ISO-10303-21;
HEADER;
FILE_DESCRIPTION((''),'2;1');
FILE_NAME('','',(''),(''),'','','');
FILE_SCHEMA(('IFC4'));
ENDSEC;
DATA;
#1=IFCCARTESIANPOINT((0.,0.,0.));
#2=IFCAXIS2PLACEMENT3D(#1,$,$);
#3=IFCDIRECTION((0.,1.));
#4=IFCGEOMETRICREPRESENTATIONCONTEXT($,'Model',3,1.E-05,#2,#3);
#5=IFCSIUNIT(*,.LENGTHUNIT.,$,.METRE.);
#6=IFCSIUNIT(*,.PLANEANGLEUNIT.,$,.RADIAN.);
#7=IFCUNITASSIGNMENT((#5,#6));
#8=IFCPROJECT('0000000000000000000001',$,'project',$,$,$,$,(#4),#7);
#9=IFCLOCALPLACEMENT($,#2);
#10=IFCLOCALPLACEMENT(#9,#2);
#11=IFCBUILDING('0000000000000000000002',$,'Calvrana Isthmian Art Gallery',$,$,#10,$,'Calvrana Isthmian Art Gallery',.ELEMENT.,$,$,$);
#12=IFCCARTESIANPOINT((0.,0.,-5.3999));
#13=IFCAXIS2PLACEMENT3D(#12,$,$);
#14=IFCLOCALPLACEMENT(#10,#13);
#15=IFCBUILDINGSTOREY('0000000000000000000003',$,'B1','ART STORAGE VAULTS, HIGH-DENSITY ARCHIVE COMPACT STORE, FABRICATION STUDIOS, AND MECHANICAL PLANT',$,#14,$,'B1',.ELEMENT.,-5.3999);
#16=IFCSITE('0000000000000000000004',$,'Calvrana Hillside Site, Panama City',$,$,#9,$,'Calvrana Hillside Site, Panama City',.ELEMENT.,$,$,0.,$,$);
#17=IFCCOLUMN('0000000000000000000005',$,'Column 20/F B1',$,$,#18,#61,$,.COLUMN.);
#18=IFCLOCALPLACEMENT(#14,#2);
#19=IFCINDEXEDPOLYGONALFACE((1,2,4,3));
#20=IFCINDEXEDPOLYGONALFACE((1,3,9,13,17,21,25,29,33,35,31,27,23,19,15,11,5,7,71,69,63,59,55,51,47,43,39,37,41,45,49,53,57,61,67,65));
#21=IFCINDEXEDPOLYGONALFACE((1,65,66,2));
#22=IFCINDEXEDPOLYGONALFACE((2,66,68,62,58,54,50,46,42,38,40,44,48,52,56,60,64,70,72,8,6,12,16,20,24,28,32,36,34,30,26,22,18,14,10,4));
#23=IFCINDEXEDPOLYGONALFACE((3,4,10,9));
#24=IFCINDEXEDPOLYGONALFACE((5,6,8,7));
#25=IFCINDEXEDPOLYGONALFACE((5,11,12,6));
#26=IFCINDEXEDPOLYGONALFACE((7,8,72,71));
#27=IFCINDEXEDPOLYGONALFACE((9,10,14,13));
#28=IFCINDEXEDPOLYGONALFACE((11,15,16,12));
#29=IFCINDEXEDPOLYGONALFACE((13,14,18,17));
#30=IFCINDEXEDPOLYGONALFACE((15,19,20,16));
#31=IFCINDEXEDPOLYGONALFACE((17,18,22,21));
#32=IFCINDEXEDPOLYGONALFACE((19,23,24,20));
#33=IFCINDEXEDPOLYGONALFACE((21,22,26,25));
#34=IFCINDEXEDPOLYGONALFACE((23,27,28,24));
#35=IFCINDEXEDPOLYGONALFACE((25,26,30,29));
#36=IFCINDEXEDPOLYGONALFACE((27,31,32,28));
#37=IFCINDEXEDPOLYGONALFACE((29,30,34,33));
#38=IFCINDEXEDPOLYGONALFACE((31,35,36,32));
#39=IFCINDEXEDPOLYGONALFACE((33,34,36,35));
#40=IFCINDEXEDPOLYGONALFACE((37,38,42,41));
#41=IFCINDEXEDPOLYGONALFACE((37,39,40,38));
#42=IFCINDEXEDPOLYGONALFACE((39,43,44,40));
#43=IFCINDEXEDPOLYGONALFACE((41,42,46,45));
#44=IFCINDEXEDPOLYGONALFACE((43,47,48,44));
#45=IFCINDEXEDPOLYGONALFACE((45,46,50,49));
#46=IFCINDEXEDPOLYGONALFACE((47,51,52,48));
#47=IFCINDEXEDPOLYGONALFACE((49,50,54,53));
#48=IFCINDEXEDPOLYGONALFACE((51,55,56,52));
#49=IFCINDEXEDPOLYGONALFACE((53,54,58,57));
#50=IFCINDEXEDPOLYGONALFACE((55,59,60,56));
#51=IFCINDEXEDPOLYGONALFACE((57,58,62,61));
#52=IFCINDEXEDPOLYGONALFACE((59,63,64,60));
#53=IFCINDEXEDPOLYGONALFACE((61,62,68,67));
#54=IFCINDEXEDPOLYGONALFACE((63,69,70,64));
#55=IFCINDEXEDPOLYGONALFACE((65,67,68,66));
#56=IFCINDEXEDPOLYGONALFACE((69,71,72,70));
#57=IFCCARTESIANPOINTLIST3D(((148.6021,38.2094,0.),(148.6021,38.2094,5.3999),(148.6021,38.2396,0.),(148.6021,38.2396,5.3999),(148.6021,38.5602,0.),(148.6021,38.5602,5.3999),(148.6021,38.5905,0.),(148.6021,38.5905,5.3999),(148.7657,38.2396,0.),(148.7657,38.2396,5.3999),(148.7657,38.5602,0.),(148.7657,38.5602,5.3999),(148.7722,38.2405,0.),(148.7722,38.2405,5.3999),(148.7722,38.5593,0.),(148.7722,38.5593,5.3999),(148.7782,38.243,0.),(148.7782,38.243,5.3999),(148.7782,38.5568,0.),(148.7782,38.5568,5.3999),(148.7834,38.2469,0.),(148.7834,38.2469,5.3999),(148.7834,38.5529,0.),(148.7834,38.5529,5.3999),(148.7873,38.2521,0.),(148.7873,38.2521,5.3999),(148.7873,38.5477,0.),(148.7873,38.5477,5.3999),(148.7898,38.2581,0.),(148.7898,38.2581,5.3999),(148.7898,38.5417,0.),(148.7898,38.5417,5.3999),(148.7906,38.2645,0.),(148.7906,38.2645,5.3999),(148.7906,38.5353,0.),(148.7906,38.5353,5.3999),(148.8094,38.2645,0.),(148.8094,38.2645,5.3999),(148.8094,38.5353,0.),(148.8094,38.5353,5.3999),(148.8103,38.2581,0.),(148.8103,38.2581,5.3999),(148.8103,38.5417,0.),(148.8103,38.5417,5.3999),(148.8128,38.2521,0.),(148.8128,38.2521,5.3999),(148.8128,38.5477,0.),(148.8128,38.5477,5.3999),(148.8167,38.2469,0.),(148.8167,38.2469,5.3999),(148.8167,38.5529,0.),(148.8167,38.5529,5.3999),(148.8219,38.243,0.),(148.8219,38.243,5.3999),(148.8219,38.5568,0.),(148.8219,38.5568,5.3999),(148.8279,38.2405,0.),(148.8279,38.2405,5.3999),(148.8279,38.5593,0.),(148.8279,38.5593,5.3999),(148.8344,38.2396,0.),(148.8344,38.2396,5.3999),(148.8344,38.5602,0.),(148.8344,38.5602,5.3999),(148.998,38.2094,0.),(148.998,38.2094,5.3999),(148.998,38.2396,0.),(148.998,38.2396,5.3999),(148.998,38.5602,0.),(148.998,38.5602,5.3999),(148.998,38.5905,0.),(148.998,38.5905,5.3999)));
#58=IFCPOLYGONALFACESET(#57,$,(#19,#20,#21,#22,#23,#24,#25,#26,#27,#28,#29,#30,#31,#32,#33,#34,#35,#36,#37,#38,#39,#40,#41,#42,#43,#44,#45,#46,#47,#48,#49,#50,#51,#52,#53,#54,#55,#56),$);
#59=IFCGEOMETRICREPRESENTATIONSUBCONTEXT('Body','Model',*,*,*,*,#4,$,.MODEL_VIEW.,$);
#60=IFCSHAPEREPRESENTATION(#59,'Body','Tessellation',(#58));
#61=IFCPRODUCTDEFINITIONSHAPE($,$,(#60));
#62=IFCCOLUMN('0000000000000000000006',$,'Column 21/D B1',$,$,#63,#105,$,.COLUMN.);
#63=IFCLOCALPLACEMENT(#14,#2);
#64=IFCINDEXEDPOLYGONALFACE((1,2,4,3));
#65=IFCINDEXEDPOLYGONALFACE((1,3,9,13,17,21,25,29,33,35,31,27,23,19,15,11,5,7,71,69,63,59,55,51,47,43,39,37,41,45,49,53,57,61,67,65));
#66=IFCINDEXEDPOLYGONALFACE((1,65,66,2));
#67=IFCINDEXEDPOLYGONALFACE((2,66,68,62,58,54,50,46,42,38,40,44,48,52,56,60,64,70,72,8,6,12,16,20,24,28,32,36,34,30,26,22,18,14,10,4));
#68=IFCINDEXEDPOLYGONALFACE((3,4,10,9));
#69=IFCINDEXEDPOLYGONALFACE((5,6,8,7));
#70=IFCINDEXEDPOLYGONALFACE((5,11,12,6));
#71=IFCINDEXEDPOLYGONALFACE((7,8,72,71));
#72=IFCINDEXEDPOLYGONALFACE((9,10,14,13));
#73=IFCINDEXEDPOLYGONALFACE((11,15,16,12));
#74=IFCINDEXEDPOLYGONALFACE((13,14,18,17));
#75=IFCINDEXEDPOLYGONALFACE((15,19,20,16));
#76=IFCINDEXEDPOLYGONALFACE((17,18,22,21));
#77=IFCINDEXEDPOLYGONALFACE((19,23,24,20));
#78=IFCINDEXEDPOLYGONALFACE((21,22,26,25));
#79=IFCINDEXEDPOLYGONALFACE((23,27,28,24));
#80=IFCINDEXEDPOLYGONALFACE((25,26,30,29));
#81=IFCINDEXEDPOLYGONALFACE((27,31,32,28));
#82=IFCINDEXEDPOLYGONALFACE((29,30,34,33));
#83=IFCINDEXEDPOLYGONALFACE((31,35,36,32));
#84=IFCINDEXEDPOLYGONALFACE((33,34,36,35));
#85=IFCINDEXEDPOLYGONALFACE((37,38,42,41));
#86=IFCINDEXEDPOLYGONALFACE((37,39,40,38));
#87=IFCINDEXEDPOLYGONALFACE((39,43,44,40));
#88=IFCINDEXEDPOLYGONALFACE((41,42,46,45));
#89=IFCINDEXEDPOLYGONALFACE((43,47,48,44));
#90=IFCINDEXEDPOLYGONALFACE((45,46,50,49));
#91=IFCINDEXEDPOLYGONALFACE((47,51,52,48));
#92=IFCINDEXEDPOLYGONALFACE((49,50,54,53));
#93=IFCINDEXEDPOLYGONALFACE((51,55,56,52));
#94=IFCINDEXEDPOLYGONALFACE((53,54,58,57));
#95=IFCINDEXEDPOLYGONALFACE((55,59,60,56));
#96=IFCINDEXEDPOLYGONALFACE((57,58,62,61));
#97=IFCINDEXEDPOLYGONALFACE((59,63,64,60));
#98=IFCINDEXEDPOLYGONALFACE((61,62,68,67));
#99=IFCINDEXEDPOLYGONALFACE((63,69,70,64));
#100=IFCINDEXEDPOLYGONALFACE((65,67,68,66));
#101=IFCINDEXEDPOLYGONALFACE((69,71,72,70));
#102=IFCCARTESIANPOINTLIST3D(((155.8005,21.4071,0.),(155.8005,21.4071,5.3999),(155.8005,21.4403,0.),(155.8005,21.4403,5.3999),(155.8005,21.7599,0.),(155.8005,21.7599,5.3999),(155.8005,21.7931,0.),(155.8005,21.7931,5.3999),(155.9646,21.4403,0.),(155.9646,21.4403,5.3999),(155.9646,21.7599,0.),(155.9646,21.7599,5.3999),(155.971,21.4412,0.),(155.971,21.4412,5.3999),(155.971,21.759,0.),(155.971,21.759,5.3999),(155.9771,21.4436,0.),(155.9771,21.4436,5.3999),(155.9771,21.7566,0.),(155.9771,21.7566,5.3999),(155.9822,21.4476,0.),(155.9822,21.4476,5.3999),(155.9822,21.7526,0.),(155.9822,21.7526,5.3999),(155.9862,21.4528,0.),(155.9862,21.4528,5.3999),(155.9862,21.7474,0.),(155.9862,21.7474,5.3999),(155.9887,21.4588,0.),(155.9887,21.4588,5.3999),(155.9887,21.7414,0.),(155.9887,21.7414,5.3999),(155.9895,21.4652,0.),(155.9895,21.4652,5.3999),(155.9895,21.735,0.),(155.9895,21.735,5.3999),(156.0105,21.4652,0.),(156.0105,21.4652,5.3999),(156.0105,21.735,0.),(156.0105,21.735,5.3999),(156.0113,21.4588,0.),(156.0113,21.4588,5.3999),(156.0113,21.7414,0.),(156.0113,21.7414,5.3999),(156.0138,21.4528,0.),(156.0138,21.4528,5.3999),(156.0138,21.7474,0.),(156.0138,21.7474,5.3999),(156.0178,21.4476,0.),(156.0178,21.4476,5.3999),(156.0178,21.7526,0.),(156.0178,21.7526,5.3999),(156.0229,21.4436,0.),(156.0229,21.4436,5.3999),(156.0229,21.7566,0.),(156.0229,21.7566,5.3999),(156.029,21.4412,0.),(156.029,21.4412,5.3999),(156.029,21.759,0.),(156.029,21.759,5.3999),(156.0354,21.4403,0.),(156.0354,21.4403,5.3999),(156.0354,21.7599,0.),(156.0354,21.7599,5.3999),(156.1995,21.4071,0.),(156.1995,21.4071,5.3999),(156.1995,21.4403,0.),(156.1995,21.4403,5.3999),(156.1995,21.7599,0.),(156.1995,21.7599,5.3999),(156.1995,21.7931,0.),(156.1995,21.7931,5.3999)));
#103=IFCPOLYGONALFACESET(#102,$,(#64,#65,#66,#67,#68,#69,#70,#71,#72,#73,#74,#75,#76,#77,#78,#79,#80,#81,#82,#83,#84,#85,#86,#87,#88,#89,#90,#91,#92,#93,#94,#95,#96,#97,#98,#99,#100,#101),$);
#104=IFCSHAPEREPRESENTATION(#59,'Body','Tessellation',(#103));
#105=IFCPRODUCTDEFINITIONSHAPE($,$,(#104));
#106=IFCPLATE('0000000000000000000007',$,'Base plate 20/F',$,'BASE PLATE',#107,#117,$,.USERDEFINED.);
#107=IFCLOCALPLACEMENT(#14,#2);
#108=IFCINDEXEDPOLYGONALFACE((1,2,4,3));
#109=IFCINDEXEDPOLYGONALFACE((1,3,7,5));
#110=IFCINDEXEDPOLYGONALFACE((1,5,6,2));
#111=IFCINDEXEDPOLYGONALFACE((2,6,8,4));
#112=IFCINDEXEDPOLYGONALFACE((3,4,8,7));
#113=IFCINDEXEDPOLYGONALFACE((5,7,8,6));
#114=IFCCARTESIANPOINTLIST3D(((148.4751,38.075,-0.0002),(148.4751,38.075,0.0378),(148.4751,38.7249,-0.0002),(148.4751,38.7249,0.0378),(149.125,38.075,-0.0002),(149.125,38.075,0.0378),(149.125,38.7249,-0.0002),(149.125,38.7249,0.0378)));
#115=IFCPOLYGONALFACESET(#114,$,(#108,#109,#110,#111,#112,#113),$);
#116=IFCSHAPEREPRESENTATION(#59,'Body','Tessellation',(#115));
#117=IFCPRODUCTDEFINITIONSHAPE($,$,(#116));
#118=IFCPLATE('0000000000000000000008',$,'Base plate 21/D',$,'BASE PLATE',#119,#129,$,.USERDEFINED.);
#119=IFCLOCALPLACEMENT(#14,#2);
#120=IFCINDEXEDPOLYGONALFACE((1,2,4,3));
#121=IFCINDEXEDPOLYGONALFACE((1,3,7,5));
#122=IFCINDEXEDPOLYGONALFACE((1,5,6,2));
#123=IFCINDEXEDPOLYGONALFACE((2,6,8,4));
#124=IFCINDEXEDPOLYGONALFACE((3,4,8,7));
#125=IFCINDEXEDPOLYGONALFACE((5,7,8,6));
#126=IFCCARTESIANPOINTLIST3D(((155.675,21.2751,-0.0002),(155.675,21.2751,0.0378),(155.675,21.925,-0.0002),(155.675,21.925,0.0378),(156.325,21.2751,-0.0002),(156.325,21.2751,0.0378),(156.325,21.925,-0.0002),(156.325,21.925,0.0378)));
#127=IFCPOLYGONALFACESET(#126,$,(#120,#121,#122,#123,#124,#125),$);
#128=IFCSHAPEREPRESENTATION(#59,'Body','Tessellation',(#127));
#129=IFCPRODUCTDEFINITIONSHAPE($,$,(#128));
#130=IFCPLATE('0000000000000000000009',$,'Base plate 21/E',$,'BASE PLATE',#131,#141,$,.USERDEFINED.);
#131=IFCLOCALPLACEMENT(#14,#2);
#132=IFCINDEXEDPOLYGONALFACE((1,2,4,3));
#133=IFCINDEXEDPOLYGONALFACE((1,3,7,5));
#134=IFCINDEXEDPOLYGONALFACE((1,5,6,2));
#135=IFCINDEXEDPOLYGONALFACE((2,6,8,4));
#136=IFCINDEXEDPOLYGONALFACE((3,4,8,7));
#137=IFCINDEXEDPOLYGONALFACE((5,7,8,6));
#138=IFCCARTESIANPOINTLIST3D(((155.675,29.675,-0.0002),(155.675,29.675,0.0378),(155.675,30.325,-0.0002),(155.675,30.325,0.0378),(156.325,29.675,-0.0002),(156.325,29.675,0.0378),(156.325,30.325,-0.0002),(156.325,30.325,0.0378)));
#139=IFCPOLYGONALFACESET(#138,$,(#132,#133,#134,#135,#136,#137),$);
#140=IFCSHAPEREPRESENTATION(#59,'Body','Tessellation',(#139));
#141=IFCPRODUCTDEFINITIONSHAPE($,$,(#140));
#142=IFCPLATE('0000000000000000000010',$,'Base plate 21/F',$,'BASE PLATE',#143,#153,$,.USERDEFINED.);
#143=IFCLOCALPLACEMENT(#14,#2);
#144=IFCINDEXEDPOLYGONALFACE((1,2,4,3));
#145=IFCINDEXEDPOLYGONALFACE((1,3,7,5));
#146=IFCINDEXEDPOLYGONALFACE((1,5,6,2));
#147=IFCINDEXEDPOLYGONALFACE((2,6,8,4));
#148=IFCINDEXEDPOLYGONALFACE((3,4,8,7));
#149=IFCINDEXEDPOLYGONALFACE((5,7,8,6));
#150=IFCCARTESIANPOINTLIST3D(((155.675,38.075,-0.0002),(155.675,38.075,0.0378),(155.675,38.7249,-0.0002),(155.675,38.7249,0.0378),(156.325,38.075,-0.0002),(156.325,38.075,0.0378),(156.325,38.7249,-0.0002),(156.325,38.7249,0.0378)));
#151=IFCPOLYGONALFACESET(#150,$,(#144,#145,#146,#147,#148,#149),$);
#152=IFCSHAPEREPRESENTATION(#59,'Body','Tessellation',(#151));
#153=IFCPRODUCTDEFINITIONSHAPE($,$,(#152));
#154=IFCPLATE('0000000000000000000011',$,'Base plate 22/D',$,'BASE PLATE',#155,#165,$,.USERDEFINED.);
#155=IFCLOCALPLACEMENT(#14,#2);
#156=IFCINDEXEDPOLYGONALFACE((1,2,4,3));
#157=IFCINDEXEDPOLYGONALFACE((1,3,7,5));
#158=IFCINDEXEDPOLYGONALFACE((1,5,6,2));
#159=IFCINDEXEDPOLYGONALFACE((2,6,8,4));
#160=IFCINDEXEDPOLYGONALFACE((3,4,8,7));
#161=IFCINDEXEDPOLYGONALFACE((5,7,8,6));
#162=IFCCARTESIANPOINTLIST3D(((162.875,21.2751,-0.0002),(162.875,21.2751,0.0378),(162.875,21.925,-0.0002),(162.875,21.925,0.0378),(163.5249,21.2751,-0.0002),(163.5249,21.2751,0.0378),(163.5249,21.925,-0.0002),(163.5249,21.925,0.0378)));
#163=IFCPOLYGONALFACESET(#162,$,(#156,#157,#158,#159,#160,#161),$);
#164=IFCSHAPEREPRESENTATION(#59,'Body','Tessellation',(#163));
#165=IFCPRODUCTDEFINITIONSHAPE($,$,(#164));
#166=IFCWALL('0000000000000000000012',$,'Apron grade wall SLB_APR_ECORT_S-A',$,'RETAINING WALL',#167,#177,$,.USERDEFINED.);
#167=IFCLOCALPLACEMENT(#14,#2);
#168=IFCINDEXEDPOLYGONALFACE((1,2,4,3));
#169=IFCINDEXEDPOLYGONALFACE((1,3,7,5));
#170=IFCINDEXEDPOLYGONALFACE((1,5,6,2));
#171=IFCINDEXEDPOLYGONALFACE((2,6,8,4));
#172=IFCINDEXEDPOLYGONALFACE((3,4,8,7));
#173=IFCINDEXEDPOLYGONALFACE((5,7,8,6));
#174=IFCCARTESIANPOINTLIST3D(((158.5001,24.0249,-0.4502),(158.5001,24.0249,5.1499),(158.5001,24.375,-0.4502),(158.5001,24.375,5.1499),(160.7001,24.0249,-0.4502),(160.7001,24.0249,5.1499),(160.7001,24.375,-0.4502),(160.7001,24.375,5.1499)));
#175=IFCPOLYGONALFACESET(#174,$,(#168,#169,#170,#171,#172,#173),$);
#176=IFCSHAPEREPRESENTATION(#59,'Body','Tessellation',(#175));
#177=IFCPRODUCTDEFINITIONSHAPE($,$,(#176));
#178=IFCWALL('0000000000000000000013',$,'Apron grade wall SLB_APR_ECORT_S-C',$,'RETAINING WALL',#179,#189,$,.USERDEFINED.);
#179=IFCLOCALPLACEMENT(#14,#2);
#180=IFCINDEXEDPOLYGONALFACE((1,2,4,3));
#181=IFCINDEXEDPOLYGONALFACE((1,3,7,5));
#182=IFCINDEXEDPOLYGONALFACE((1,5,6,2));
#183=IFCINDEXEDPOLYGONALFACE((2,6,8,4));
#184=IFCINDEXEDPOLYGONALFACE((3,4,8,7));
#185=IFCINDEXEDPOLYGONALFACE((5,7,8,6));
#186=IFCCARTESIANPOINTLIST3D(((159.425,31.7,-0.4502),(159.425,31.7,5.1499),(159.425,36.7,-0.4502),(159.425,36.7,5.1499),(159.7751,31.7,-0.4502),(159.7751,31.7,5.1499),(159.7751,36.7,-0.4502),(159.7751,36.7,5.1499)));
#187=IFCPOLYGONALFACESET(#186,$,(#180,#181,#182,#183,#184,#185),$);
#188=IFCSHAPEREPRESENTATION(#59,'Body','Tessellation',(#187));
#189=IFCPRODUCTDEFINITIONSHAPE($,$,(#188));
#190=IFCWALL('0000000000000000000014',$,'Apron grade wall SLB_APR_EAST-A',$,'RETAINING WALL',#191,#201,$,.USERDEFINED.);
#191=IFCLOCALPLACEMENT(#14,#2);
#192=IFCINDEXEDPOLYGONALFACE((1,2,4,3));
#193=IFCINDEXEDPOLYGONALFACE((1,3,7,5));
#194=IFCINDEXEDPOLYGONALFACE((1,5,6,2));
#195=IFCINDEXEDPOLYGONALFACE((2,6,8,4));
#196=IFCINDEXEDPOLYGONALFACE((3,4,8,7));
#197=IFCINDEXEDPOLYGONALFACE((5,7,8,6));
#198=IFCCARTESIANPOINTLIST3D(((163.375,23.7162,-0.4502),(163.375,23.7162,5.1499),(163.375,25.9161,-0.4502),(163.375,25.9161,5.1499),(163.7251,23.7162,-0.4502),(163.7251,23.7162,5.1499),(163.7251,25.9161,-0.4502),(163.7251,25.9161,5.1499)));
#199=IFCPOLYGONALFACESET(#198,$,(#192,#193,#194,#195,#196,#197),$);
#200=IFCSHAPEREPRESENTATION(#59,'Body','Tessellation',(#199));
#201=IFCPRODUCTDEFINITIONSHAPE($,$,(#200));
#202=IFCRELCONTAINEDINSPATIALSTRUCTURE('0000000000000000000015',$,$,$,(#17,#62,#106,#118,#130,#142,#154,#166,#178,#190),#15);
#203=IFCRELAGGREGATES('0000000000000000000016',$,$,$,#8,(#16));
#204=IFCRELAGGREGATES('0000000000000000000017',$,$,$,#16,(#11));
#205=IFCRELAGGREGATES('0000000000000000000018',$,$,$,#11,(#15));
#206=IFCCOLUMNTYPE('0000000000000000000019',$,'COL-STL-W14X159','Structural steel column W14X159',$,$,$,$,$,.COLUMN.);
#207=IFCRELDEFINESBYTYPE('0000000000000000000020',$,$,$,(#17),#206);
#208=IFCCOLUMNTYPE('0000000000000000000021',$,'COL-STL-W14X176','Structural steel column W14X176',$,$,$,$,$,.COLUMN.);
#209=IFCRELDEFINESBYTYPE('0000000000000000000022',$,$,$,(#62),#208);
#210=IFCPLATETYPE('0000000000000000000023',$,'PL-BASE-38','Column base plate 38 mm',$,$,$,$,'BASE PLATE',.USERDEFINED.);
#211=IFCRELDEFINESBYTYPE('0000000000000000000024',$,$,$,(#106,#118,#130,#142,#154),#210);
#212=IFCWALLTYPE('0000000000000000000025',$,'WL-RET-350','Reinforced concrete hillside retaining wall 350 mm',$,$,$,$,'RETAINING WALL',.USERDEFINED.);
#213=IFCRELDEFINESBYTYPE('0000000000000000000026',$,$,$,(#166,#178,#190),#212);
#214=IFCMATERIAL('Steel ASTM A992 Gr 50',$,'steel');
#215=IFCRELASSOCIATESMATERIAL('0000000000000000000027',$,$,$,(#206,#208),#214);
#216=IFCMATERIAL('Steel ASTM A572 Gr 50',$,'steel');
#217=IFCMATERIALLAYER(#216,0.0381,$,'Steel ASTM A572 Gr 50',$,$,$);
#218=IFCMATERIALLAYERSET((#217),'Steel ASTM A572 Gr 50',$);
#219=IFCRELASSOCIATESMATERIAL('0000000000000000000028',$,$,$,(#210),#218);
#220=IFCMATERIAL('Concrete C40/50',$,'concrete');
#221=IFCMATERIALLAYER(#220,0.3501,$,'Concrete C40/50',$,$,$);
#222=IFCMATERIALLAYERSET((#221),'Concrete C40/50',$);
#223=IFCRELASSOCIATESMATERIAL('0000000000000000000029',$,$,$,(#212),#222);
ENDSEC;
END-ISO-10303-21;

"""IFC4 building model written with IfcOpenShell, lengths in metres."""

from ifc_helpers import new_model, si_unit, direction, frame, frame_2d, origin, origin_2d, place, context, subcontext, project, spatial, rectangle, i_section, extrude, material, layer, layer_set, material_profile, profile_set, type_object, element, save


model = new_model("IFC4")

# Units and contexts
model_context = context("Model", 3, precision=1e-05, world=origin(), true_north=direction((0.0, 1.0)))
body_context = subcontext(model_context, "Body", "Model", "MODEL_VIEW")
ifc_project = project(units=[si_unit("LENGTHUNIT", "METRE"), si_unit("PLANEANGLEUNIT", "RADIAN")], contexts=[model_context])

# Site, building, storey
site_placement = place(None, origin())
site = spatial("IfcSite", under=ifc_project, at=site_placement, Name="Calvrana Hillside Site, Panama City", LongName="Calvrana Hillside Site, Panama City", CompositionType="ELEMENT", RefElevation=0.0)
building_placement = place(site_placement, origin())
building = spatial("IfcBuilding", under=site, at=building_placement, Name="Calvrana Isthmian Art Gallery", LongName="Calvrana Isthmian Art Gallery", CompositionType="ELEMENT")
storey_placement = place(building_placement, frame((0.0, 0.0, -5.3999)))
storey = spatial("IfcBuildingStorey", under=building, at=storey_placement, Name="B1", Description="ART STORAGE VAULTS, HIGH-DENSITY ARCHIVE COMPACT STORE, FABRICATION STUDIOS, AND MECHANICAL PLANT", LongName="B1", CompositionType="ELEMENT", Elevation=-5.3999)

# Columns
ifc_material_1 = material(Name="Concrete C40/50", Category="concrete")
ifc_material_2 = material(Name="Steel ASTM A992 Gr 50", Category="steel")
ifc_material_profile_1 = material_profile(ifc_material_2, i_section(OverallWidth=0.396, OverallDepth=0.3811, WebThickness=0.0188, FlangeThickness=0.0303, FilletRadius=0.0249, at=origin_2d()), Name="W14X159")
ifc_profile_set_1 = profile_set([ifc_material_profile_1], Name="Steel ASTM A992 Gr 50")
column_type_1 = type_object("IfcColumnType", Name="COL-STL-W14X159", Description="Structural steel column W14X159", PredefinedType="COLUMN", material=ifc_profile_set_1)
column_1_placement = place(storey_placement, frame((148.8, 38.3999, 0.0), z_axis=(0.0, 0.0, 1.0), x_axis=(1.0, 0.0, 0.0)))
element("IfcColumn", 1, at=column_1_placement, inside=storey, type_object=column_type_1, Name="Column 20/F B1", PredefinedType="COLUMN", context=body_context, shape_type="SweptSolid", body=[
    extrude(i_section(OverallWidth=0.396, OverallDepth=0.3811, WebThickness=0.0188, FlangeThickness=0.0303, FilletRadius=0.0249, at=origin_2d()), origin(), (0.0, 0.0, 1.0), 5.3999),
])
ifc_material_profile_2 = material_profile(ifc_material_2, i_section(OverallWidth=0.3989, OverallDepth=0.386, WebThickness=0.021, FlangeThickness=0.0332, FilletRadius=0.0249, at=origin_2d()), Name="W14X176")
ifc_profile_set_2 = profile_set([ifc_material_profile_2], Name="Steel ASTM A992 Gr 50")
column_type_2 = type_object("IfcColumnType", Name="COL-STL-W14X176", Description="Structural steel column W14X176", PredefinedType="COLUMN", material=ifc_profile_set_2)
column_2_placement = place(storey_placement, frame((156.0, 21.6001, 0.0), z_axis=(0.0, 0.0, 1.0), x_axis=(1.0, 0.0, 0.0)))
element("IfcColumn", 2, at=column_2_placement, inside=storey, type_object=column_type_2, Name="Column 21/D B1", PredefinedType="COLUMN", context=body_context, shape_type="SweptSolid", body=[
    extrude(i_section(OverallWidth=0.3989, OverallDepth=0.386, WebThickness=0.021, FlangeThickness=0.0332, FilletRadius=0.0249, at=origin_2d()), origin(), (0.0, 0.0, 1.0), 5.3999),
])

# Plates
ifc_material_3 = material(Name="Steel ASTM A572 Gr 50", Category="steel")
ifc_layer_1 = layer(ifc_material_3, 0.0381, Name="Steel ASTM A572 Gr 50")
ifc_layer_set_1 = layer_set([ifc_layer_1], Name="Steel ASTM A572 Gr 50")
plate_type = type_object("IfcPlateType", Name="PL-BASE-38", Description="Column base plate 38 mm", ElementType="BASE PLATE", PredefinedType="USERDEFINED", material=ifc_layer_set_1)
for number, where, z_axis, x_axis, name in (
    (3, (148.8, 38.3999, -0.0002), (0.0, 0.0, 1.0), (1.0, 0.0, 0.0), "Base plate 20/F"),
    (4, (156.0, 21.6001, -0.0002), (0.0, 0.0, 1.0), (1.0, 0.0, 0.0), "Base plate 21/D"),
    (5, (156.0, 30.0, -0.0002), (0.0, 0.0, 1.0), (1.0, 0.0, 0.0), "Base plate 21/E"),
    (6, (156.0, 38.3999, -0.0002), (0.0, 0.0, 1.0), (1.0, 0.0, 0.0), "Base plate 21/F"),
    (7, (163.2, 21.6001, -0.0002), (0.0, 0.0, 1.0), (1.0, 0.0, 0.0), "Base plate 22/D"),
):
    element("IfcPlate", number, at=place(storey_placement, frame(where, z_axis=z_axis, x_axis=x_axis)), inside=storey, type_object=plate_type, Name=name, ObjectType="BASE PLATE", PredefinedType="USERDEFINED", context=body_context, shape_type="SweptSolid", body=[
        extrude(rectangle(XDim=0.6499, YDim=0.6499, at=origin_2d()), origin(), (0.0, 0.0, 1.0), 0.0381),
    ])

# Walls
ifc_layer_2 = layer(ifc_material_1, 0.3501, Name="Concrete C40/50")
ifc_layer_set_2 = layer_set([ifc_layer_2], Name="Concrete C40/50")
wall_type_1 = type_object("IfcWallType", Name="WL-RET-350", Description="Reinforced concrete hillside retaining wall 350 mm", ElementType="RETAINING WALL", PredefinedType="USERDEFINED", material=ifc_layer_set_2)
wall_1_placement = place(storey_placement, frame((158.5, 24.2, -0.4502), z_axis=(0.0, 0.0, 1.0), x_axis=(1.0, 0.0, 0.0)))
element("IfcWall", 8, at=wall_1_placement, inside=storey, type_object=wall_type_1, Name="Apron grade wall SLB_APR_ECORT_S-A", ObjectType="RETAINING WALL", PredefinedType="USERDEFINED", context=body_context, shape_type="SweptSolid", body=[
    extrude(rectangle(XDim=2.2, YDim=0.3501, at=frame_2d((1.1001, 0.0))), origin(), (0.0, 0.0, 1.0), 5.6001),
])
wall_2_placement = place(storey_placement, frame((159.6001, 31.7, -0.4502), z_axis=(0.0, 0.0, 1.0), x_axis=(0.0, 1.0, 0.0)))
element("IfcWall", 9, at=wall_2_placement, inside=storey, type_object=wall_type_1, Name="Apron grade wall SLB_APR_ECORT_S-C", ObjectType="RETAINING WALL", PredefinedType="USERDEFINED", context=body_context, shape_type="SweptSolid", body=[
    extrude(rectangle(XDim=5.0, YDim=0.3501, at=frame_2d((2.5, 0.0))), origin(), (0.0, 0.0, 1.0), 5.6001),
])
wall_3_placement = place(storey_placement, frame((163.55, 23.7161, -0.4502), z_axis=(0.0, 0.0, 1.0), x_axis=(0.0, 1.0, 0.0)))
element("IfcWall", 10, at=wall_3_placement, inside=storey, type_object=wall_type_1, Name="Apron grade wall SLB_APR_EAST-A", ObjectType="RETAINING WALL", PredefinedType="USERDEFINED", context=body_context, shape_type="SweptSolid", body=[
    extrude(rectangle(XDim=2.2, YDim=0.3501, at=frame_2d((1.1001, 0.0))), origin(), (0.0, 0.0, 1.0), 5.6001),
])

save(model, "model.ifc")
